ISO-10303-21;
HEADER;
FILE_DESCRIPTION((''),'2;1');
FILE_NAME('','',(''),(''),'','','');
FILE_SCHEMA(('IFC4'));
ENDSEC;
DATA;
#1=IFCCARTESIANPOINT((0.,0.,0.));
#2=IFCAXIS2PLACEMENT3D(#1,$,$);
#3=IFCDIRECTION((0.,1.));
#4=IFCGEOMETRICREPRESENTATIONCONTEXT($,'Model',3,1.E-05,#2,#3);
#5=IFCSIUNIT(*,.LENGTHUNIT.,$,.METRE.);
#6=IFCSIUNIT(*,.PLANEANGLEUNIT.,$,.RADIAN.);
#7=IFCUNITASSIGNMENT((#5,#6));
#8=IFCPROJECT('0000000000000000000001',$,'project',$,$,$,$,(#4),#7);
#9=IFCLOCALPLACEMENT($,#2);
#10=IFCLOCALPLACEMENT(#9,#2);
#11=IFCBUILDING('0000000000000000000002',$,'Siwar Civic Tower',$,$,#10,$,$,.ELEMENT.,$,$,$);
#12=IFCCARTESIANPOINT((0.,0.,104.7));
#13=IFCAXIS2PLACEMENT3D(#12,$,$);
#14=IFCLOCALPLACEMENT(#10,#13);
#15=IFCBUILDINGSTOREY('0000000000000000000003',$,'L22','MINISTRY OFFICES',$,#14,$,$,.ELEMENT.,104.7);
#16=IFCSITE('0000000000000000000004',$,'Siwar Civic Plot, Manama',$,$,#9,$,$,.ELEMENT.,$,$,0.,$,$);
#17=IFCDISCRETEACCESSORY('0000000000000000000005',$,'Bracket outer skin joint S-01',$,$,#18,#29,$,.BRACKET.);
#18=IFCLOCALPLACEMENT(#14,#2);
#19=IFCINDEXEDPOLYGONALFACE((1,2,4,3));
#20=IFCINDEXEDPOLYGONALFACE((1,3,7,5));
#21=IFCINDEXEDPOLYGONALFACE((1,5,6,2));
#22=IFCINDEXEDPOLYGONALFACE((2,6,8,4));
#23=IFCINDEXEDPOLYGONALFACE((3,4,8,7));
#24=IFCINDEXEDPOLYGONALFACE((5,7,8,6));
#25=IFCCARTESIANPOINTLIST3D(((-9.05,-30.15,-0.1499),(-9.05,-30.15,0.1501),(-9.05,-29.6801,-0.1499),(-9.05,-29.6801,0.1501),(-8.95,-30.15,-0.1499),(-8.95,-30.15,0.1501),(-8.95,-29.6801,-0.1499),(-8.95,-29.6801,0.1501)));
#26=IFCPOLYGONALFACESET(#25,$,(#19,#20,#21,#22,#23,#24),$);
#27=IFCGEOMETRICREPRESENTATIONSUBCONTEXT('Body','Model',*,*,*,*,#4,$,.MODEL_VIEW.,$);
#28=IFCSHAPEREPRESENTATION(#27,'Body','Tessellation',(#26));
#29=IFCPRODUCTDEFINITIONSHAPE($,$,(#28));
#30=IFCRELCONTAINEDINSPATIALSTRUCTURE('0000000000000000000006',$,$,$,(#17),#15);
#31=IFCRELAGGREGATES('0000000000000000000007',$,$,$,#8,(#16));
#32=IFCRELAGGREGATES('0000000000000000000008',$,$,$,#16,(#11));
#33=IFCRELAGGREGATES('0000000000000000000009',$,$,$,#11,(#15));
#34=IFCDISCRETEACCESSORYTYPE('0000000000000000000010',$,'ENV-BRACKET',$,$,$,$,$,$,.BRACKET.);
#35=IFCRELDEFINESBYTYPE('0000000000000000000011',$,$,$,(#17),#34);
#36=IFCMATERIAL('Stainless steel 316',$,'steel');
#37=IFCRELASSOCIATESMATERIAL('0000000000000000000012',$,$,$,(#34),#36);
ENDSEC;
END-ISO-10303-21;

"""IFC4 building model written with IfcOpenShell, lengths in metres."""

from ifc_helpers import new_model, si_unit, direction, frame, origin, origin_2d, place, context, subcontext, project, spatial, rectangle, extrude, material, type_object, element, save


model = new_model("IFC4")

# Units and contexts
model_context = context("Model", 3, precision=1e-05, world=origin(), true_north=direction((0.0, 1.0)))
body_context = subcontext(model_context, "Body", "Model", "MODEL_VIEW")
ifc_project = project(units=[si_unit("LENGTHUNIT", "METRE"), si_unit("PLANEANGLEUNIT", "RADIAN")], contexts=[model_context])

# Site, building, storey
site_placement = place(None, origin())
site = spatial("IfcSite", under=ifc_project, at=site_placement, Name="Siwar Civic Plot, Manama", CompositionType="ELEMENT", RefElevation=0.0)
building_placement = place(site_placement, origin())
building = spatial("IfcBuilding", under=site, at=building_placement, Name="Siwar Civic Tower", CompositionType="ELEMENT")
storey_placement = place(building_placement, frame((0.0, 0.0, 104.7)))
storey = spatial("IfcBuildingStorey", under=building, at=storey_placement, Name="L22", Description="MINISTRY OFFICES", CompositionType="ELEMENT", Elevation=104.7)

# Discrete accessory
ifc_material_1 = material(Name="Stainless steel 316", Category="steel")
discrete_accessory_type = type_object("IfcDiscreteAccessoryType", Name="ENV-BRACKET", PredefinedType="BRACKET", material=ifc_material_1)
discrete_accessory_placement = place(storey_placement, frame((-9.0, -29.915, -0.1499), z_axis=(0.0, 0.0, 1.0), x_axis=(0.0, -1.0, 0.0)))
element("IfcDiscreteAccessory", 1, at=discrete_accessory_placement, inside=storey, type_object=discrete_accessory_type, Name="Bracket outer skin joint S-01", PredefinedType="BRACKET", context=body_context, shape_type="SweptSolid", body=[
    extrude(rectangle(XDim=0.47, YDim=0.1001, at=origin_2d()), origin(), (0.0, 0.0, 1.0), 0.3),
])

save(model, "model.ifc")
